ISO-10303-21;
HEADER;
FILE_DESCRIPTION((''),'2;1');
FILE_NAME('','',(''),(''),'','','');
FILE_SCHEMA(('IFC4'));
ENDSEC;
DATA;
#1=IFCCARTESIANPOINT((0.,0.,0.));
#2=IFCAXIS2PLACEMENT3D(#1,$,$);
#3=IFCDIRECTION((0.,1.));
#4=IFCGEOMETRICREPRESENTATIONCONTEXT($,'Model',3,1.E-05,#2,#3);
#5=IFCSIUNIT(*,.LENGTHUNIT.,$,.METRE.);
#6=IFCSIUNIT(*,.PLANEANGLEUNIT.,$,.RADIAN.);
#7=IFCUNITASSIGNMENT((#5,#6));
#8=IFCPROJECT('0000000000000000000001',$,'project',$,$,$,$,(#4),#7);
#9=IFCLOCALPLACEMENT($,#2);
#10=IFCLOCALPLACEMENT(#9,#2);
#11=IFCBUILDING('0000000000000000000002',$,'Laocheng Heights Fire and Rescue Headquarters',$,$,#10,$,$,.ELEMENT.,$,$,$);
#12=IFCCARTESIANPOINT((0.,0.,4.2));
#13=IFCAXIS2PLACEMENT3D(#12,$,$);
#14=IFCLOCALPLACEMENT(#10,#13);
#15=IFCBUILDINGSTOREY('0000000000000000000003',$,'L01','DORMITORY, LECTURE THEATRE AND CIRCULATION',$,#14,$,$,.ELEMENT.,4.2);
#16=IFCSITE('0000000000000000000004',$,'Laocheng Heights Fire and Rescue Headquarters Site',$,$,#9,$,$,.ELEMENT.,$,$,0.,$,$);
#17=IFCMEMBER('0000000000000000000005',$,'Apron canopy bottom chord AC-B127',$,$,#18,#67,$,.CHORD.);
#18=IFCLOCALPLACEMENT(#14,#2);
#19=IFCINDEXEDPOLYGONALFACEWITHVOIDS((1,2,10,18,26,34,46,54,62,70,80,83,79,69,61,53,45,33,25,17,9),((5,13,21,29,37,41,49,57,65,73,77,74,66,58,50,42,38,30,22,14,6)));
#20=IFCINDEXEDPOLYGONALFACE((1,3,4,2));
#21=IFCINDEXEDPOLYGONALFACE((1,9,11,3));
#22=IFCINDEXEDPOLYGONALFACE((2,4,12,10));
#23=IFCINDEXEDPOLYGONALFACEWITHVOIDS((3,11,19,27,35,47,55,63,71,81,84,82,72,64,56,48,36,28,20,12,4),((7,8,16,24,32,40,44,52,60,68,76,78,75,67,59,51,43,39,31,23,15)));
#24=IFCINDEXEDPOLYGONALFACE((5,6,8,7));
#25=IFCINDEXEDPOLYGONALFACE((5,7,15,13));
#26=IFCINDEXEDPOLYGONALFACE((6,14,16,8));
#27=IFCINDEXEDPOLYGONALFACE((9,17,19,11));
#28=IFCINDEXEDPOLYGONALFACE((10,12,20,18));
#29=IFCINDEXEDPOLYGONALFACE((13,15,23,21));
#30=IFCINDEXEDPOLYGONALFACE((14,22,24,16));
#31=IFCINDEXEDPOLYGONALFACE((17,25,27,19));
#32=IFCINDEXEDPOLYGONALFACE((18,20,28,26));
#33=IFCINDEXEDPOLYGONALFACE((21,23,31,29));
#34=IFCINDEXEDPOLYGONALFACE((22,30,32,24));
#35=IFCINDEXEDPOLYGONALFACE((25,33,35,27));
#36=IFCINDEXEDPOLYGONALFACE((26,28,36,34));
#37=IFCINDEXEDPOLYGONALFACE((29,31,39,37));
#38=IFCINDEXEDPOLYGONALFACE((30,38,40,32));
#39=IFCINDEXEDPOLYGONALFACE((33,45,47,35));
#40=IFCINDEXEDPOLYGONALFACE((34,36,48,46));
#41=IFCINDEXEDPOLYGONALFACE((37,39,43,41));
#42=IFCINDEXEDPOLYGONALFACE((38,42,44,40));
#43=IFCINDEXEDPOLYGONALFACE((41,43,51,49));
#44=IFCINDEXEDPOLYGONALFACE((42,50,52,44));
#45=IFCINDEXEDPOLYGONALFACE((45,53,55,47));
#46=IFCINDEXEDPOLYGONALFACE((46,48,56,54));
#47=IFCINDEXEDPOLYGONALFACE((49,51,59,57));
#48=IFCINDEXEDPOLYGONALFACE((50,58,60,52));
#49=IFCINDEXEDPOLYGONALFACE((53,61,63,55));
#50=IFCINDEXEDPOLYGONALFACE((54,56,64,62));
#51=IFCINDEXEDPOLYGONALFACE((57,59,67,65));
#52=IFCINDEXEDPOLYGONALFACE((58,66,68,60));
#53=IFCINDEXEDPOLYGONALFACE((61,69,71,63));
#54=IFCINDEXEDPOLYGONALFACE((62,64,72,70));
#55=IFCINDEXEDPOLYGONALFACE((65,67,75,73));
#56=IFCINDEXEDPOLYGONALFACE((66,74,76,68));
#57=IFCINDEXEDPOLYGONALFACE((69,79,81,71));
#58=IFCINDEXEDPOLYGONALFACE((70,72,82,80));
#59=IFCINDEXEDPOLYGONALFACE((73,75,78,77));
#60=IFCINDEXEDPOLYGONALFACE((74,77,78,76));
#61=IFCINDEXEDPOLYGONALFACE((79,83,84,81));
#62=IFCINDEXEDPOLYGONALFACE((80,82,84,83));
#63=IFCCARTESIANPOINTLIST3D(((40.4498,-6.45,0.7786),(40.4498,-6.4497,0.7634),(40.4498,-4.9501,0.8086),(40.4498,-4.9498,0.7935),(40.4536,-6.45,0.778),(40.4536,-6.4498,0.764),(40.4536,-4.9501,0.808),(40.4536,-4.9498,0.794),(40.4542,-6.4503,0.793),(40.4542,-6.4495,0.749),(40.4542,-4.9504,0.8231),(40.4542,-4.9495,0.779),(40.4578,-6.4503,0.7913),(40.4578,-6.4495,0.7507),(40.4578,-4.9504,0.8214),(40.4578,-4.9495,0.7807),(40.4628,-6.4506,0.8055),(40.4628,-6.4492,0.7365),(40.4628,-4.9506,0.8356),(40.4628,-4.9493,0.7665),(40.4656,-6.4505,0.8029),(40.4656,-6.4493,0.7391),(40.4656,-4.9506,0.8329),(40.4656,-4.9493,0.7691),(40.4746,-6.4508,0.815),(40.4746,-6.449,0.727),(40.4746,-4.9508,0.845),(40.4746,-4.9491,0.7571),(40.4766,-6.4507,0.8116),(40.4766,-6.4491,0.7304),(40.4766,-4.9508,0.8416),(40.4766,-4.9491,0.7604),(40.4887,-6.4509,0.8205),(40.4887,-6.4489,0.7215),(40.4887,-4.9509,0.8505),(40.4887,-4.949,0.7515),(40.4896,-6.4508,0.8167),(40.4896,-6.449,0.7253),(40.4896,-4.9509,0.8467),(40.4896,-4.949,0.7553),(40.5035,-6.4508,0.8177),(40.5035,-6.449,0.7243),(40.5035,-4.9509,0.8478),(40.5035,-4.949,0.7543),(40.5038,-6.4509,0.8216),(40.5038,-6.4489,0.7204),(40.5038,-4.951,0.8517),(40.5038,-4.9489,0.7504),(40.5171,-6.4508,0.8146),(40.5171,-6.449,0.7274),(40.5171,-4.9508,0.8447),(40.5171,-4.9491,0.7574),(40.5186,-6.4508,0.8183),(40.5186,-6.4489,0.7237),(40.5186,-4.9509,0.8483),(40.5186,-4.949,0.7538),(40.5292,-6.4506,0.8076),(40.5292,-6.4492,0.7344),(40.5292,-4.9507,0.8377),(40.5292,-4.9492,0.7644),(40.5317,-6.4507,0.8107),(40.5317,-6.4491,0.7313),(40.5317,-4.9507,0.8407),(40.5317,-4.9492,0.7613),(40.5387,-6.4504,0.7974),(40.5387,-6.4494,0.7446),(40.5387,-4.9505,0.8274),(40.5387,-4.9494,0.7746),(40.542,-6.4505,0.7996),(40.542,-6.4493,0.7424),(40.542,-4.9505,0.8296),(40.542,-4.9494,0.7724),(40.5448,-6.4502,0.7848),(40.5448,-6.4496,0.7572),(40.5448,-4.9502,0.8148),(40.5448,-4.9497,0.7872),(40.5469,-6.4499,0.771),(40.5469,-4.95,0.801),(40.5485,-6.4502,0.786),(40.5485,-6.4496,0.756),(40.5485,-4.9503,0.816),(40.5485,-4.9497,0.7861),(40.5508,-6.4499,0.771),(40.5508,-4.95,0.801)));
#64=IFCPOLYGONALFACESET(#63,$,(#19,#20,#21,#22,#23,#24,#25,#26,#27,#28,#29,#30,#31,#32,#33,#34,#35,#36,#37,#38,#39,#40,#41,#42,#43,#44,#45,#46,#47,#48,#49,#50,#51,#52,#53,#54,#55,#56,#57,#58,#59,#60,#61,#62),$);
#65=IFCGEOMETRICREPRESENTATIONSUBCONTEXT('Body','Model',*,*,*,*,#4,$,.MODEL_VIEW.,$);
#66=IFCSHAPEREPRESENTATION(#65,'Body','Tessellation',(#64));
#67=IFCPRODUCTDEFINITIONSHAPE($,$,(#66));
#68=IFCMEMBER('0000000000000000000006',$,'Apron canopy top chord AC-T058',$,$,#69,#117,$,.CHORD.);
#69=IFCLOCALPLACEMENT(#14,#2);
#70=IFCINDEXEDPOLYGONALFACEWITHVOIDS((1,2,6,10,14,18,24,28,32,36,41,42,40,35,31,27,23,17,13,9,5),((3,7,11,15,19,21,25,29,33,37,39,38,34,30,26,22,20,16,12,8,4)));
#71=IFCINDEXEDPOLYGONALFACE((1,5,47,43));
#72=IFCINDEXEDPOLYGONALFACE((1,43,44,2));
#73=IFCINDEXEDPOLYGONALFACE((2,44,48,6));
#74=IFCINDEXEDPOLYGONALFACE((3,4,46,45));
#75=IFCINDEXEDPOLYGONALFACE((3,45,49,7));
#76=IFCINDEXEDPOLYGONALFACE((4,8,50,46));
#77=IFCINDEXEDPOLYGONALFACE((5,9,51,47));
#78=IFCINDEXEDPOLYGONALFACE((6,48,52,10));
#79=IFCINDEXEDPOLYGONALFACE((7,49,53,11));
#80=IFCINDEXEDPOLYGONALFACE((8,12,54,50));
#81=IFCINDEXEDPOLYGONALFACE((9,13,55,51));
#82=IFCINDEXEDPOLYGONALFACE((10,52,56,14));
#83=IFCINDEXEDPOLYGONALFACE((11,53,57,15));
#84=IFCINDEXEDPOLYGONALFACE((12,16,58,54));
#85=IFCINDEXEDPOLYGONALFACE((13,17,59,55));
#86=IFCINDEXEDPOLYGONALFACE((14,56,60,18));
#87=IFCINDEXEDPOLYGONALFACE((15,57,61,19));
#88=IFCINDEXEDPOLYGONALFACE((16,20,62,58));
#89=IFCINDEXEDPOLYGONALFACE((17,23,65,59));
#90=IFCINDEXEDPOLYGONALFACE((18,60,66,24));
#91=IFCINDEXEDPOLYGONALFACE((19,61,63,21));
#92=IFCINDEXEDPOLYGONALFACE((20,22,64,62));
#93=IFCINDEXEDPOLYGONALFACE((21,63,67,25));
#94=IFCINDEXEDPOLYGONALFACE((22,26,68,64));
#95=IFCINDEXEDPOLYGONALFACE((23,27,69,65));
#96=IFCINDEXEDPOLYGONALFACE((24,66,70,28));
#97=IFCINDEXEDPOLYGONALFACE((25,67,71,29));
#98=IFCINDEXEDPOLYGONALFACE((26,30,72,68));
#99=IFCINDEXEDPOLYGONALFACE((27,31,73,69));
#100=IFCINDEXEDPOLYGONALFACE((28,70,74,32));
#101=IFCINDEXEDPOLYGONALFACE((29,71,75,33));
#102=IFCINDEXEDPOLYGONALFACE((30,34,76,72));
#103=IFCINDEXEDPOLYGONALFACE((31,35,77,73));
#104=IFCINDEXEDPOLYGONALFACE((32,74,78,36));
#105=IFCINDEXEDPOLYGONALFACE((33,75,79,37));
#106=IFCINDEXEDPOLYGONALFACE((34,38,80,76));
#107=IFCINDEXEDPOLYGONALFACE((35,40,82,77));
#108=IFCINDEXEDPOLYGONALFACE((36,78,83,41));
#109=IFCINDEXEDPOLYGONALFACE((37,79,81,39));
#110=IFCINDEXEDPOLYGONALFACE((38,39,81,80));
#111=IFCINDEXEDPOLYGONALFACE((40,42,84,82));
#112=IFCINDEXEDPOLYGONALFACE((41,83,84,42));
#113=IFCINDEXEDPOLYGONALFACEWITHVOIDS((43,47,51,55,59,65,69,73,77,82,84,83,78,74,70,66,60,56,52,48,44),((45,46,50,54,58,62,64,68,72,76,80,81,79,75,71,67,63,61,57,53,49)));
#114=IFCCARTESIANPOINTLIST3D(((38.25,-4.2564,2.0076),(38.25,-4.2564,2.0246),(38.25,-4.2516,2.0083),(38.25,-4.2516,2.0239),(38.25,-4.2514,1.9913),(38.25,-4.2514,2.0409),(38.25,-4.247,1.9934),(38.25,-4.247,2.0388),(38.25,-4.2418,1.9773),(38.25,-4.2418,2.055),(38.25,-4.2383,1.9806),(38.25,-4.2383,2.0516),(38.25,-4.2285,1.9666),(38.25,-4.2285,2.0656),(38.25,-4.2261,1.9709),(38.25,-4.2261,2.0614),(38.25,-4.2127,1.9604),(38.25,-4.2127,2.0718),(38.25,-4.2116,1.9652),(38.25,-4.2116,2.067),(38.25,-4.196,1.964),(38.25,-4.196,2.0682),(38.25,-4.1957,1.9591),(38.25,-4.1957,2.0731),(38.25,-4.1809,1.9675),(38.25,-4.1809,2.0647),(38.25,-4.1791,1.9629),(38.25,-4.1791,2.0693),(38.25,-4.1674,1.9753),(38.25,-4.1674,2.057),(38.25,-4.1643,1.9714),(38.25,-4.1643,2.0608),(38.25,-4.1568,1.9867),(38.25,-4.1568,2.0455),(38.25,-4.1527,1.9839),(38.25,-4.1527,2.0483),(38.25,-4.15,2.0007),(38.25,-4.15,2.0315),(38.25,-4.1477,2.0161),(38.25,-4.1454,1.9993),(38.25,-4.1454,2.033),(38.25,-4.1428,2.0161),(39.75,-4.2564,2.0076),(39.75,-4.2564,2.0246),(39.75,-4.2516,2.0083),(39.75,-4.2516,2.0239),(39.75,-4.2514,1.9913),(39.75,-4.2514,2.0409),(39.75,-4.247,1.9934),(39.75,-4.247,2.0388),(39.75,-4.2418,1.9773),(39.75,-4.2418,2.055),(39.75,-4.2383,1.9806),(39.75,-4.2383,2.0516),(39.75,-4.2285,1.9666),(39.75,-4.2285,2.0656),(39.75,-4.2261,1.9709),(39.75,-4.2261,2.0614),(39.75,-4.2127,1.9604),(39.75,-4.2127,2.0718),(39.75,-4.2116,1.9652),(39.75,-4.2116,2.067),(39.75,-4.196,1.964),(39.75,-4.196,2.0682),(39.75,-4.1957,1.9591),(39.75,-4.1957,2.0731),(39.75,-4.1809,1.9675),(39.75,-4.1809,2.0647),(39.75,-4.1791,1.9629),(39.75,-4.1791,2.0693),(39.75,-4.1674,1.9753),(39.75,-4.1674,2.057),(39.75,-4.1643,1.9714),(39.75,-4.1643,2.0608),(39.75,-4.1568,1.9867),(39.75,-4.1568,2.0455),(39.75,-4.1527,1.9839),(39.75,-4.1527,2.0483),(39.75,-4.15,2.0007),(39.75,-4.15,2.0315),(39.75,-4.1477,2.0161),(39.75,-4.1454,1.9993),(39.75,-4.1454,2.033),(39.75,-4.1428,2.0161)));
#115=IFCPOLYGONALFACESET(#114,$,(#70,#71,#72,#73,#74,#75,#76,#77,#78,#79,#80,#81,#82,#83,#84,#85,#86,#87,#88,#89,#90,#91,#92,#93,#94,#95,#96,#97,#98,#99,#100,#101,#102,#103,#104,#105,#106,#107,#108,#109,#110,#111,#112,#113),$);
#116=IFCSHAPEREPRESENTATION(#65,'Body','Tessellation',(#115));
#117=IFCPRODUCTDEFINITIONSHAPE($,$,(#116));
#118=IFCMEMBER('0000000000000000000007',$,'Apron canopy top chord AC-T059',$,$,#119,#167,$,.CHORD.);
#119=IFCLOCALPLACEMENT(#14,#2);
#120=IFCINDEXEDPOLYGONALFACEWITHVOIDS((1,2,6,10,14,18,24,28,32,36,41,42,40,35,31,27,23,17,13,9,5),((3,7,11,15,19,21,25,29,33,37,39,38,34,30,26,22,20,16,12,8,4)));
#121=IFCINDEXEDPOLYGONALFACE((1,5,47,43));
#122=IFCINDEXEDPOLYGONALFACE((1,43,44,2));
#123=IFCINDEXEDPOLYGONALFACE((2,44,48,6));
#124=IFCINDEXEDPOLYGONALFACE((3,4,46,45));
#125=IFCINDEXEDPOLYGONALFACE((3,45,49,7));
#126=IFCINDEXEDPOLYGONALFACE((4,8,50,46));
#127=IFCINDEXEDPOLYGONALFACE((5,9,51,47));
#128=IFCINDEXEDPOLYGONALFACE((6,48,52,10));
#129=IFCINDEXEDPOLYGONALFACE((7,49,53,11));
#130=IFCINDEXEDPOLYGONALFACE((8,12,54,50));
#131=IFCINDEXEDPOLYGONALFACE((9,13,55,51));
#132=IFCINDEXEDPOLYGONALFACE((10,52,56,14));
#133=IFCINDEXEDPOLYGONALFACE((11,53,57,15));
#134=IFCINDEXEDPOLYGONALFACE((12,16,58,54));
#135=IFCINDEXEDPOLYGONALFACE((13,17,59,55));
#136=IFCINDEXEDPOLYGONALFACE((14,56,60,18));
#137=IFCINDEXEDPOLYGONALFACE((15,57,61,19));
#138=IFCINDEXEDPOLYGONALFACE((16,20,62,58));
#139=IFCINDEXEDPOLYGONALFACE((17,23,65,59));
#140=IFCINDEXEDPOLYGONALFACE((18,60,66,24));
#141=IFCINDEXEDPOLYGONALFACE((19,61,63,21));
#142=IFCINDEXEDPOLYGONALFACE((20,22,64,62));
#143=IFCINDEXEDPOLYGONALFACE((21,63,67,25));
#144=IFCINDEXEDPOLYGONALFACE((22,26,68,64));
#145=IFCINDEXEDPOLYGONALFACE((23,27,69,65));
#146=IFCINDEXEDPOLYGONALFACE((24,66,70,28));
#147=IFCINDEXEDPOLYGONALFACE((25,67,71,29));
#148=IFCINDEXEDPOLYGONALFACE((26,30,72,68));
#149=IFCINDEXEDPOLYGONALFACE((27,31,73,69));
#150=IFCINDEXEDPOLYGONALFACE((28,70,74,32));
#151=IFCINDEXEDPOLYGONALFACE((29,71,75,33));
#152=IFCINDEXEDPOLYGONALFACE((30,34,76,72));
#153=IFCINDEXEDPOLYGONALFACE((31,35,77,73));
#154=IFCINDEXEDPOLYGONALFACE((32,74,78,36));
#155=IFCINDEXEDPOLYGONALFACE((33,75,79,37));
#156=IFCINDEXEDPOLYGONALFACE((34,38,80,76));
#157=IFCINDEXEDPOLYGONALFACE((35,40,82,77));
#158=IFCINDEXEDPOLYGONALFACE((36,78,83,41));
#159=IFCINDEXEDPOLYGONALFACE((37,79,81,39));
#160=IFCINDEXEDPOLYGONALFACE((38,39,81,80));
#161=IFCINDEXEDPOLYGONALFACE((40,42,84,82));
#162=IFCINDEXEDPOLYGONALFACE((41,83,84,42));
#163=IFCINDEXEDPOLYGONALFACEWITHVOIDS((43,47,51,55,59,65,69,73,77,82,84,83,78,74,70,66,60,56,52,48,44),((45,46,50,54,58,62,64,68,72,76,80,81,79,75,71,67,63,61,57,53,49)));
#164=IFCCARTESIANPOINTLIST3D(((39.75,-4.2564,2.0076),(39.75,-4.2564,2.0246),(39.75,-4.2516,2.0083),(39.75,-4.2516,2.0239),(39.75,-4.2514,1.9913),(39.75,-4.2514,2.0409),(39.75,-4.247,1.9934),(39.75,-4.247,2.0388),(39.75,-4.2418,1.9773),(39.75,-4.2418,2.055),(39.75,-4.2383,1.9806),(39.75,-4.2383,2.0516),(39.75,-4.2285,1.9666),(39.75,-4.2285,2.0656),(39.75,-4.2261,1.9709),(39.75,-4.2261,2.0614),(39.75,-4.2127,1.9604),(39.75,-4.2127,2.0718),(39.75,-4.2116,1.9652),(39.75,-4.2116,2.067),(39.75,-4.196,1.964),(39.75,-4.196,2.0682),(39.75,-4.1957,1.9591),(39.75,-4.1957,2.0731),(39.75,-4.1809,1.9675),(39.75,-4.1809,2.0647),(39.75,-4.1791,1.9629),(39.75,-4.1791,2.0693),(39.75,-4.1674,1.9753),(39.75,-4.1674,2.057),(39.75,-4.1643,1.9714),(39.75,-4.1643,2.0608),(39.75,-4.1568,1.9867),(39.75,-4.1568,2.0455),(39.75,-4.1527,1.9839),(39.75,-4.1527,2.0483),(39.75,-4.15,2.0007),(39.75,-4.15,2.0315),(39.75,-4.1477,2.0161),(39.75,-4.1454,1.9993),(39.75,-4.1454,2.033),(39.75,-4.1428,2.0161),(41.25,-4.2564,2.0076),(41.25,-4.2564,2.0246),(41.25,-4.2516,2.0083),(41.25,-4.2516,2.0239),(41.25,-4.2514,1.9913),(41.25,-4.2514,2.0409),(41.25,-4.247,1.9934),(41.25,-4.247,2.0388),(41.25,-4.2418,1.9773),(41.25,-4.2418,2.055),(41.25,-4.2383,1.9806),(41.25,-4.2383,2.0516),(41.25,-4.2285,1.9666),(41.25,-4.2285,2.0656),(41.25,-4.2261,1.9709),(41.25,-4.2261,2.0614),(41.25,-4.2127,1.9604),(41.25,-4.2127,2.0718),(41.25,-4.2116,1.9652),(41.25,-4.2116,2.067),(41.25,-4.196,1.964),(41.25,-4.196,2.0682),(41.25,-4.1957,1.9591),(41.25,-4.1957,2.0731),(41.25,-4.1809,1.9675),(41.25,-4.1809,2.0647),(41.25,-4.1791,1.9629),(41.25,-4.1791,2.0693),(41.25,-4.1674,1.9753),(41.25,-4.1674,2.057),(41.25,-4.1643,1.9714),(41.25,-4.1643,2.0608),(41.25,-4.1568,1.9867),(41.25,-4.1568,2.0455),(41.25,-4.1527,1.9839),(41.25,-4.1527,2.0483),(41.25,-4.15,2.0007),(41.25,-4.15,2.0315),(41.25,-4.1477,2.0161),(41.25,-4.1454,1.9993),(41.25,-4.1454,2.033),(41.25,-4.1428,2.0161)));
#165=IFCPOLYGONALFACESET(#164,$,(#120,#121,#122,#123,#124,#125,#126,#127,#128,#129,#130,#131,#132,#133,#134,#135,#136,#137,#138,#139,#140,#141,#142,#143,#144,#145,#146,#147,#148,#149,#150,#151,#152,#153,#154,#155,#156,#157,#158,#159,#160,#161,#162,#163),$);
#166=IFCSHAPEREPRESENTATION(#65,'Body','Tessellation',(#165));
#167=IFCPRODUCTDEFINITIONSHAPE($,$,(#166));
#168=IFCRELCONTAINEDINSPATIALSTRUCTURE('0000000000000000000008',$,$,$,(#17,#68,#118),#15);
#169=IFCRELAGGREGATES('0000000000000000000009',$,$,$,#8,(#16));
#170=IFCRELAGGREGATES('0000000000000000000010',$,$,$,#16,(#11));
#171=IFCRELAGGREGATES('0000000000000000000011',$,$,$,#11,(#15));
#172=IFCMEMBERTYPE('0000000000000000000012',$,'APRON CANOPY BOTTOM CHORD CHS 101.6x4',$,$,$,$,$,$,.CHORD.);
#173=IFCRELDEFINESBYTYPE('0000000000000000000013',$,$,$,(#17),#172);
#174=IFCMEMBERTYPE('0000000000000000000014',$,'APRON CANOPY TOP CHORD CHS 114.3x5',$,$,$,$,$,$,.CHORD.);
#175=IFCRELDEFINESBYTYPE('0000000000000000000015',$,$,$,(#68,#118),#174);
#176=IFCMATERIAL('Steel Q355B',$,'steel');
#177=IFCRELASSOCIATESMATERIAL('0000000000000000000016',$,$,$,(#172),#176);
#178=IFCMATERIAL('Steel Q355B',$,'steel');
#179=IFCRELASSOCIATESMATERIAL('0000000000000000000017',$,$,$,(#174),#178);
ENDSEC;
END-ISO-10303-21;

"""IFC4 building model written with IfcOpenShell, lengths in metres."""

from ifc_helpers import new_model, si_unit, direction, frame, origin, origin_2d, place, context, subcontext, project, spatial, hollow_circle, extrude, material, material_profile, profile_set, type_object, element, save


model = new_model("IFC4")

# Units and contexts
model_context = context("Model", 3, precision=1e-05, world=origin(), true_north=direction((0.0, 1.0)))
body_context = subcontext(model_context, "Body", "Model", "MODEL_VIEW")
ifc_project = project(units=[si_unit("LENGTHUNIT", "METRE"), si_unit("PLANEANGLEUNIT", "RADIAN")], contexts=[model_context])

# Site, building, storey
site_placement = place(None, origin())
site = spatial("IfcSite", under=ifc_project, at=site_placement, Name="Laocheng Heights Fire and Rescue Headquarters Site", CompositionType="ELEMENT", RefElevation=0.0)
building_placement = place(site_placement, origin())
building = spatial("IfcBuilding", under=site, at=building_placement, Name="Laocheng Heights Fire and Rescue Headquarters", CompositionType="ELEMENT")
storey_placement = place(building_placement, frame((0.0, 0.0, 4.2)))
storey = spatial("IfcBuildingStorey", under=building, at=storey_placement, Name="L01", Description="DORMITORY, LECTURE THEATRE AND CIRCULATION", CompositionType="ELEMENT", Elevation=4.2)

# Members
ifc_material_1 = material(Name="Steel Q355B", Category="steel")
ifc_material_profile_1 = material_profile(ifc_material_1, hollow_circle(Radius=0.0508, WallThickness=0.0039, at=origin_2d()), Name="CHS 101.6x4")
ifc_profile_set_1 = profile_set([ifc_material_profile_1], Name="Steel Q355B")
member_type_1 = type_object("IfcMemberType", Name="APRON CANOPY BOTTOM CHORD CHS 101.6x4", PredefinedType="CHORD", material=ifc_profile_set_1)
for number, where, z_axis, x_axis, name in (
    (1, (40.5, -4.95, 0.801), (0.0, -0.9998, -0.020016), (1.0, 0.0, 0.0), "Apron canopy bottom chord AC-B127"),
):
    element("IfcMember", number, at=place(storey_placement, frame(where, z_axis=z_axis, x_axis=x_axis)), inside=storey, type_object=member_type_1, Name=name, PredefinedType="CHORD", context=body_context, shape_type="SweptSolid", body=[
        extrude(hollow_circle(Radius=0.0508, WallThickness=0.0039, at=origin_2d()), origin(), (0.0, 0.0, 1.0), 1.5002),
    ])
ifc_material_2 = material(Name="Steel Q355B", Category="steel")
ifc_material_profile_2 = material_profile(ifc_material_2, hollow_circle(Radius=0.0571, WallThickness=0.0049, at=origin_2d()), Name="CHS 114.3x5")
ifc_profile_set_2 = profile_set([ifc_material_profile_2], Name="Steel Q355B")
member_type_2 = type_object("IfcMemberType", Name="APRON CANOPY TOP CHORD CHS 114.3x5", PredefinedType="CHORD", material=ifc_profile_set_2)
for number, where, z_axis, x_axis, name in (
    (2, (38.25, -4.2, 2.0161), (1.0, 0.0, 0.0), (0.0, 1.0, 0.0), "Apron canopy top chord AC-T058"),
    (3, (39.75, -4.2, 2.0161), (1.0, 0.0, 0.0), (0.0, 1.0, 0.0), "Apron canopy top chord AC-T059"),
):
    element("IfcMember", number, at=place(storey_placement, frame(where, z_axis=z_axis, x_axis=x_axis)), inside=storey, type_object=member_type_2, Name=name, PredefinedType="CHORD", context=body_context, shape_type="SweptSolid", body=[
        extrude(hollow_circle(Radius=0.0571, WallThickness=0.0049, at=origin_2d()), origin(), (0.0, 0.0, 1.0), 1.5),
    ])

save(model, "model.ifc")
